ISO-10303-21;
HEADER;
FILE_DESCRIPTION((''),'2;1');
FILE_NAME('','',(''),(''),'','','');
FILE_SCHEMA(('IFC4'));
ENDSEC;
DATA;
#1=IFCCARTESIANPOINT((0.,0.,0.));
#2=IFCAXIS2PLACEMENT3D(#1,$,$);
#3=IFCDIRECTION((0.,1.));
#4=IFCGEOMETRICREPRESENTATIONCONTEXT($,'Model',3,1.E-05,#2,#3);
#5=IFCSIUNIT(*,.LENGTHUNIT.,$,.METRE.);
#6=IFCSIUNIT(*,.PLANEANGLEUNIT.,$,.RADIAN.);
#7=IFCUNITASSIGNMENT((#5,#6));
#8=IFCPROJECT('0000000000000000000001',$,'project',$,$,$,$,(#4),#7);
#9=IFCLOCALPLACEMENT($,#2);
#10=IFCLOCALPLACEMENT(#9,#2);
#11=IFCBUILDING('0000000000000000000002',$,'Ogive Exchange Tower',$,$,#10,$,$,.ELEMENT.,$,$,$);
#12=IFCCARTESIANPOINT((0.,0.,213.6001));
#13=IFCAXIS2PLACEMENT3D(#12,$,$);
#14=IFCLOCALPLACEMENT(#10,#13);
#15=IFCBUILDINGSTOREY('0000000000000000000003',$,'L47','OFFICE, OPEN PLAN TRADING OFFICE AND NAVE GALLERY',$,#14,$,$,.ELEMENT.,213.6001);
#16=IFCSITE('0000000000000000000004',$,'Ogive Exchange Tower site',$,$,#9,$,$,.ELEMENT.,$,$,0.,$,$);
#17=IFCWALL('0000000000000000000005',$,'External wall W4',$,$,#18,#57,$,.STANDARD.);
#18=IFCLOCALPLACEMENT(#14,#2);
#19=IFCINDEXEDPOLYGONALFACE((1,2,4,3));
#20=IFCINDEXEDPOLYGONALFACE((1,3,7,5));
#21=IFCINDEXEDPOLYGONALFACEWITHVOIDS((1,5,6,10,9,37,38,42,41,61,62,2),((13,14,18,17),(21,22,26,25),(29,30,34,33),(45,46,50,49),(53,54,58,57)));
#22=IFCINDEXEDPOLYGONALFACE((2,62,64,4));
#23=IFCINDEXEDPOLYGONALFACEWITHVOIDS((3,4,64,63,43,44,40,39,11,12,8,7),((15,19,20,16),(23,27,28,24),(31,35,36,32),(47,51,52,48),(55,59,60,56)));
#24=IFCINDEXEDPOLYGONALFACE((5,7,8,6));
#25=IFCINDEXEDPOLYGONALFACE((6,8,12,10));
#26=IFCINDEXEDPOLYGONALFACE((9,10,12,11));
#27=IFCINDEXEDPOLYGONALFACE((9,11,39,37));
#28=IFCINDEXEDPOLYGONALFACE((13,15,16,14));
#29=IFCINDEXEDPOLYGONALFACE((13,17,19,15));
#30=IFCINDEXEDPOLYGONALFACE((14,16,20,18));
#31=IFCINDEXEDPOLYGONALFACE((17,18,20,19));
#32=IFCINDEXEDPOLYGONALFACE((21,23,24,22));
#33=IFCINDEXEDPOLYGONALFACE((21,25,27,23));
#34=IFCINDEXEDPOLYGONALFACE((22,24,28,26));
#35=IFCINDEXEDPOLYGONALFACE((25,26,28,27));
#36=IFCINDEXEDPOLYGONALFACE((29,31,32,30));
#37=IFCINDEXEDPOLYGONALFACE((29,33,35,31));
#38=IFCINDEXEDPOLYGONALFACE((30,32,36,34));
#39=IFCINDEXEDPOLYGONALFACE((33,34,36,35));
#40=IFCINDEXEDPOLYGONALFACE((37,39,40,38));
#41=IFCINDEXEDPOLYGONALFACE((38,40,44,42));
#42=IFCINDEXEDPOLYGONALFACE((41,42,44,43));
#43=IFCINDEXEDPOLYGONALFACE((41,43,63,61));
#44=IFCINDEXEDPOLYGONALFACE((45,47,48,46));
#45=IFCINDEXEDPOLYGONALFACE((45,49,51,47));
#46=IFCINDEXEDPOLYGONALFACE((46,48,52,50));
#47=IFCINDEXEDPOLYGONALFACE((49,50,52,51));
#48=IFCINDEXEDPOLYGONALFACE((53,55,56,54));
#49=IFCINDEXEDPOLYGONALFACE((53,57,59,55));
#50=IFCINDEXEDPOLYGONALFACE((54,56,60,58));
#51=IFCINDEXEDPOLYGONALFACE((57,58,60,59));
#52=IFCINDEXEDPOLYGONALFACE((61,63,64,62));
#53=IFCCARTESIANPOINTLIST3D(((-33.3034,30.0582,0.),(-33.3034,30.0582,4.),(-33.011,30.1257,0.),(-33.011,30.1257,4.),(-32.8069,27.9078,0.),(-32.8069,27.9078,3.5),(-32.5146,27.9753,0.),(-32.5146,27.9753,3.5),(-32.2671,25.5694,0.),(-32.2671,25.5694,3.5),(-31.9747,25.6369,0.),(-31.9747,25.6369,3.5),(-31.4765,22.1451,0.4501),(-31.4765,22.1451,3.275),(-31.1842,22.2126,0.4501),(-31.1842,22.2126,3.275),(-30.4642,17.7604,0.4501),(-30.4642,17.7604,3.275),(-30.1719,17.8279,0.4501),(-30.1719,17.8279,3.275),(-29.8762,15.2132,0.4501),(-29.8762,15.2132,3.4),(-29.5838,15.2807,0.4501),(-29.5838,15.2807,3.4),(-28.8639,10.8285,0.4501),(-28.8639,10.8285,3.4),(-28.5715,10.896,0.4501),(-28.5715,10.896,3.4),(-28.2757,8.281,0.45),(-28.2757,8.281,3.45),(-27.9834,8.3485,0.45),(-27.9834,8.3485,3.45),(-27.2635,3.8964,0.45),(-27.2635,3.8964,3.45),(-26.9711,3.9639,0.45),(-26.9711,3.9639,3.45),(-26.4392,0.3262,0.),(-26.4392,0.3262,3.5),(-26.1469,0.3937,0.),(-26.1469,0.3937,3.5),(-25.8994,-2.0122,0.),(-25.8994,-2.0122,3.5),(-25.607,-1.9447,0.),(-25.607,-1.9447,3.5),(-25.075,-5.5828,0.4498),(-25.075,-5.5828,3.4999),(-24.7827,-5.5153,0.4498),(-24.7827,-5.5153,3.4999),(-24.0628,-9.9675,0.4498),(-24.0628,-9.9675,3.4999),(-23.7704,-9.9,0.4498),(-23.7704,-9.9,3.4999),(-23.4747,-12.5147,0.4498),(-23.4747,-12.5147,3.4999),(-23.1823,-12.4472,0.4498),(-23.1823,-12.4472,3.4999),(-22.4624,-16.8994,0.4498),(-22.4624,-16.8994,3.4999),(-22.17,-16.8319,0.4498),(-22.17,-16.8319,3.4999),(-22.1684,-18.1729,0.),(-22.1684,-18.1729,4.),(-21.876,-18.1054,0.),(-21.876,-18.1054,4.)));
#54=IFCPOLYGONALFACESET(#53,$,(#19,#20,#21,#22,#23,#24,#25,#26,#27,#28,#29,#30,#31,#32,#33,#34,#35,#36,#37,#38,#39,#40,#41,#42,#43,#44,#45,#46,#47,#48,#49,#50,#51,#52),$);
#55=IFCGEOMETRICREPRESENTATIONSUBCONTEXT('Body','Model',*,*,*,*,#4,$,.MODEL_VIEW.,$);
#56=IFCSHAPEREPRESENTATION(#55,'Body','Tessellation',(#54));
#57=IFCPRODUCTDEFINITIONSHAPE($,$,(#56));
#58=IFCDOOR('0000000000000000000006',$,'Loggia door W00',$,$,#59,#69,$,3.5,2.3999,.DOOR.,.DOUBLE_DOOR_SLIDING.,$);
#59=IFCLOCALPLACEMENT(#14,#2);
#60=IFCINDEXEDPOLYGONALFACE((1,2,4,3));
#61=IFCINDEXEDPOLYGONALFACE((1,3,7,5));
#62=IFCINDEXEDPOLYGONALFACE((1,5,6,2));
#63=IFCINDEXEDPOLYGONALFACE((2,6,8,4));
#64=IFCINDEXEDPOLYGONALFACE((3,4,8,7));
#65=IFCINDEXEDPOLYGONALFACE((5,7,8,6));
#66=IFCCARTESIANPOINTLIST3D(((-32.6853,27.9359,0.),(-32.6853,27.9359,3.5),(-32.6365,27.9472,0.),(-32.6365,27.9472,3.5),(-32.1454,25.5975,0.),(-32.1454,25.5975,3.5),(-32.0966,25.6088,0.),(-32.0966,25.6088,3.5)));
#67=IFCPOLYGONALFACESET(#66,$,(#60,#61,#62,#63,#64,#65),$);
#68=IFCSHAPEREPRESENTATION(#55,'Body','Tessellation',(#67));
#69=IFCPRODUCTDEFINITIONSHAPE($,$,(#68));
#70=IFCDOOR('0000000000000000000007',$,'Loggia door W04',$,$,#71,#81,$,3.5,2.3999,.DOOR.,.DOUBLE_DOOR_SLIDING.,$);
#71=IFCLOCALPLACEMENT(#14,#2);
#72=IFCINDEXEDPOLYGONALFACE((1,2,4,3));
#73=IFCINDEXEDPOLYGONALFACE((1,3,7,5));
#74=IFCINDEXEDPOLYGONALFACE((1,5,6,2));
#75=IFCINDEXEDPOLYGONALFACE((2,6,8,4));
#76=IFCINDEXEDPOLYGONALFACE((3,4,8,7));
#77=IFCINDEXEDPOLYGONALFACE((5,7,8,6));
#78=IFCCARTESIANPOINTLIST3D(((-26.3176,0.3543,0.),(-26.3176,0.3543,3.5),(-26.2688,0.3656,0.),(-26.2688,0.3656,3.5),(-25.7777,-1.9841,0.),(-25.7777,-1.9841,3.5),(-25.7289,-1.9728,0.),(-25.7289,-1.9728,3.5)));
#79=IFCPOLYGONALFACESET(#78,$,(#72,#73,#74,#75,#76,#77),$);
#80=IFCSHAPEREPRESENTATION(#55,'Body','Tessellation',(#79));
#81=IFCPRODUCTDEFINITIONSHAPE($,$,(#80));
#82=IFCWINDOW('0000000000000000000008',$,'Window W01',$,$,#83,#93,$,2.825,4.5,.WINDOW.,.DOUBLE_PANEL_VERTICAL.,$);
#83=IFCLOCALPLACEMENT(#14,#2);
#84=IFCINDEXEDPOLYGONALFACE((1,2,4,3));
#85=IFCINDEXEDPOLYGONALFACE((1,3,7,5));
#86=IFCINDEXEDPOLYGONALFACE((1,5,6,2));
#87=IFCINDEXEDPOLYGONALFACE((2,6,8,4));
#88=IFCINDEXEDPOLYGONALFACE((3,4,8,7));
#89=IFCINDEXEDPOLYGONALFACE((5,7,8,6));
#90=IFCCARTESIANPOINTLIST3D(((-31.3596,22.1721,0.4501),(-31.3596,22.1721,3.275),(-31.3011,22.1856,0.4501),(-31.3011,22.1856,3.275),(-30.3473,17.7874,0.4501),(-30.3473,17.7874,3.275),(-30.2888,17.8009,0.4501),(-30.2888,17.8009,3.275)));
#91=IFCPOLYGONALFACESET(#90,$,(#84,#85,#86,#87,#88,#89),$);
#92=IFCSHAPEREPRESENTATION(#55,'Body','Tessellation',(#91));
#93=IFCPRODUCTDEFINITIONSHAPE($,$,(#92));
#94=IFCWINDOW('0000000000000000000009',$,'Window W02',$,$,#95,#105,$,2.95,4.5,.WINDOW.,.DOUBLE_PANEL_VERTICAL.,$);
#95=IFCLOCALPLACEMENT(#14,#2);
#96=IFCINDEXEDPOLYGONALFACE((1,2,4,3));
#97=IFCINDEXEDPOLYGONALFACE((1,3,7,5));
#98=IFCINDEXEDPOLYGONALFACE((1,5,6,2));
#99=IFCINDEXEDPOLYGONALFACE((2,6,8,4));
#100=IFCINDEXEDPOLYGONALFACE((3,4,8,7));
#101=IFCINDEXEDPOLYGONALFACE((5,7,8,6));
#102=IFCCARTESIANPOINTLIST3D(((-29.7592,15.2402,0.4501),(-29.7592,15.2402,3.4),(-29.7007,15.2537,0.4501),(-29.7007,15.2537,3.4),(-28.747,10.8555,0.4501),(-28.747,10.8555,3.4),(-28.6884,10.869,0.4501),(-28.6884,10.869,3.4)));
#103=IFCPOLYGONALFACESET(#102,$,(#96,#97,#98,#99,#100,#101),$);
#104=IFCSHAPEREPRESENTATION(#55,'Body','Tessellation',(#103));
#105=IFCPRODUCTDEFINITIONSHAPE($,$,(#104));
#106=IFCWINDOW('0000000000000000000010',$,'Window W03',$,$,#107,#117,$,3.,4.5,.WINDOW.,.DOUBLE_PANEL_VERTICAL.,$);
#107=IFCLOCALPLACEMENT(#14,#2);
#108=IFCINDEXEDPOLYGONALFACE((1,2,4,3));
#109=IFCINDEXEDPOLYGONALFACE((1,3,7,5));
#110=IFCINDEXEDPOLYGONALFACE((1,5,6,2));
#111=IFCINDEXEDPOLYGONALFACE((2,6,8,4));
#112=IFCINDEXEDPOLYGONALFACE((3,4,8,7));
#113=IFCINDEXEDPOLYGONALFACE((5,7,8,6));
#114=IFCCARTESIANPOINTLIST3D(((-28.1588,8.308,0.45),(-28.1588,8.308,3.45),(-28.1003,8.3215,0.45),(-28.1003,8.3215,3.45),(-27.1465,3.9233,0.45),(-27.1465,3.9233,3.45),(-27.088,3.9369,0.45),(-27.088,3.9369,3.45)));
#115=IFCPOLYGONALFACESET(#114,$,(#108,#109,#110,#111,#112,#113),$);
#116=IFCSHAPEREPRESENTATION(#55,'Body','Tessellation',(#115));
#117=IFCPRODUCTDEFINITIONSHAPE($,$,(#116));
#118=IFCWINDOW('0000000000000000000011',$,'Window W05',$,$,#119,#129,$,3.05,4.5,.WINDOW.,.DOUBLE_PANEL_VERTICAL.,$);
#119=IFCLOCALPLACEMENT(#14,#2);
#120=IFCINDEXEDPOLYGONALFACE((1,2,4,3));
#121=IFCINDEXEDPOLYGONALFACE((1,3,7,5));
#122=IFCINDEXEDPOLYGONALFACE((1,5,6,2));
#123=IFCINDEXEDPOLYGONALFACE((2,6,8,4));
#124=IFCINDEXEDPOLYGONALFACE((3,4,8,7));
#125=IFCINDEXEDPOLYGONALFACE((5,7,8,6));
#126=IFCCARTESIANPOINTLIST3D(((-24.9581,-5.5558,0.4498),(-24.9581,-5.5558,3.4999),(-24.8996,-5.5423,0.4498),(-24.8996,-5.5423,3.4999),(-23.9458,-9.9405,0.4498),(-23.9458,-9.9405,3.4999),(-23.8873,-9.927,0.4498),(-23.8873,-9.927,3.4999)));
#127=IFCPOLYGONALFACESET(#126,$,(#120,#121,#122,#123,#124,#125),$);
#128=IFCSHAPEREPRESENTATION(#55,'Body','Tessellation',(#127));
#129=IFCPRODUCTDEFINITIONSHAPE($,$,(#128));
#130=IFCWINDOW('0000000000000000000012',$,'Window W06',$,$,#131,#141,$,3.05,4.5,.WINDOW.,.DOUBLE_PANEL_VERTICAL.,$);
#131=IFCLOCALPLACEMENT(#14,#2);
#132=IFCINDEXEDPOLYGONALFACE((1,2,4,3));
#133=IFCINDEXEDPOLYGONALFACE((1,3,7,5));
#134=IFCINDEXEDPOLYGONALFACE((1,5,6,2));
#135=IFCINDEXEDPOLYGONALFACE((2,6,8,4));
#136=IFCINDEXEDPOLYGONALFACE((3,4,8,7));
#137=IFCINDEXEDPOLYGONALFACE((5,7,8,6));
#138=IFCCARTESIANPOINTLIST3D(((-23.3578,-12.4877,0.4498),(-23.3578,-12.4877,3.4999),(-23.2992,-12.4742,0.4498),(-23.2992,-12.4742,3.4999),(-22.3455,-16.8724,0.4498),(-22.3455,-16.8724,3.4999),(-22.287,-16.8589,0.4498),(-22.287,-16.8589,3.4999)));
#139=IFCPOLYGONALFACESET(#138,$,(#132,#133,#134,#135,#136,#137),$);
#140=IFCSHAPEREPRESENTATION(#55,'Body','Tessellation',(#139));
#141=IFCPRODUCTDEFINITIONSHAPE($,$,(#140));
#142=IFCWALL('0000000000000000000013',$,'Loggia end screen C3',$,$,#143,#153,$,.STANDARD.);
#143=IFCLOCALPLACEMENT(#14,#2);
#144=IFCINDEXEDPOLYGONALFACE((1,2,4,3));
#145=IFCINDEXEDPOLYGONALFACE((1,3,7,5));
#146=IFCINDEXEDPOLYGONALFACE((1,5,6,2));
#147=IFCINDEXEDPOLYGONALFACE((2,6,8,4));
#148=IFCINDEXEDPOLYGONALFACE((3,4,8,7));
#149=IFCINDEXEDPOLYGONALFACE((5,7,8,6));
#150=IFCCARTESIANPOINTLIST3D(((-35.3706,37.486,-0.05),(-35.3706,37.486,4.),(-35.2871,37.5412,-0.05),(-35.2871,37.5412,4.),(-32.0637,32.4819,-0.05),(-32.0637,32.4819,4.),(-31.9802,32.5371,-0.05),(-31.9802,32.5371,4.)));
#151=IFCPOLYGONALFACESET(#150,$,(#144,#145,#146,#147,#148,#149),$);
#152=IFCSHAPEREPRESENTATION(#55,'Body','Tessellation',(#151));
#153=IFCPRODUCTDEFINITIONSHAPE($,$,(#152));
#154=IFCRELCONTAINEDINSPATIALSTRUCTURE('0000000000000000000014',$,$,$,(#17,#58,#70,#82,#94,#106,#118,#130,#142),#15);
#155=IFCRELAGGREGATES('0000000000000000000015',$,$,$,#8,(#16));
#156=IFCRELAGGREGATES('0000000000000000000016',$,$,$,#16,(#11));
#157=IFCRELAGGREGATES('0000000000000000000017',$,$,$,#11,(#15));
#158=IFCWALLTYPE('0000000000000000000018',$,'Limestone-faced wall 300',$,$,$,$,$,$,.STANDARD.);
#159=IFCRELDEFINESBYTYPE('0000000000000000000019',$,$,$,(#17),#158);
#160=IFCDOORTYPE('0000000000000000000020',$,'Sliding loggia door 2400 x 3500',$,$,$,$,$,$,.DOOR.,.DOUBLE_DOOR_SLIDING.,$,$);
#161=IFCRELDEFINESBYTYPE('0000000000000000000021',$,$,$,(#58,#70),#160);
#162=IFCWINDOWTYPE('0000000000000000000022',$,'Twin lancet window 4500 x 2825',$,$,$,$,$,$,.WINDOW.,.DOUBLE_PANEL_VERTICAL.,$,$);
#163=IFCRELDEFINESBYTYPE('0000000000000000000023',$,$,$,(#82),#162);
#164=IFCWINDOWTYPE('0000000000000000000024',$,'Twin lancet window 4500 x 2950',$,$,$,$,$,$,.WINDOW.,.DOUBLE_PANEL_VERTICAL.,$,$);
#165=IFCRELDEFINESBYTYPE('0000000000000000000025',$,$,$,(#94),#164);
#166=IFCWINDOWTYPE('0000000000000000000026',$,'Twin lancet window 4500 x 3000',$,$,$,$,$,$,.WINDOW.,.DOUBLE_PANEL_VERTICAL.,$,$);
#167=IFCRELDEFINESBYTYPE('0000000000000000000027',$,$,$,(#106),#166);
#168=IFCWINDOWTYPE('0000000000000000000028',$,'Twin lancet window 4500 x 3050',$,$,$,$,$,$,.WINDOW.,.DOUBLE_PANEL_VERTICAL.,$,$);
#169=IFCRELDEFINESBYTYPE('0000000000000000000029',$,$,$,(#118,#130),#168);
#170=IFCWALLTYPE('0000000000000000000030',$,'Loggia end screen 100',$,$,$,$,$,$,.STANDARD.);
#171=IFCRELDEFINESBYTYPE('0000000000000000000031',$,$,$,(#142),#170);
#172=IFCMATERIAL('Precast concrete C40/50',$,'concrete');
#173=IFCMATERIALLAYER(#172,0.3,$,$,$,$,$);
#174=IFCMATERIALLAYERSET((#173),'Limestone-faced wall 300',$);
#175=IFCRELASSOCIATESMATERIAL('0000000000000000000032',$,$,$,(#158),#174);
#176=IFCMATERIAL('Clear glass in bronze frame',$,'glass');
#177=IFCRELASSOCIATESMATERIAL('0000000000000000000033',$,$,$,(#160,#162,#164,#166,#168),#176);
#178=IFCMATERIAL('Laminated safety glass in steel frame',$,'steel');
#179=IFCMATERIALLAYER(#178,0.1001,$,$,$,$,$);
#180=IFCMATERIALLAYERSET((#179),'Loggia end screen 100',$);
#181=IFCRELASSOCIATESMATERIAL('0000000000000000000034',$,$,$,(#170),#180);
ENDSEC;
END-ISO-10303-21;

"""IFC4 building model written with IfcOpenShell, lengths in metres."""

from ifc_helpers import new_model, si_unit, direction, frame, frame_2d, origin, place, context, subcontext, project, spatial, rectangle, extrude, material, layer, layer_set, type_object, element, fill, save


model = new_model("IFC4")

# Units and contexts
model_context = context("Model", 3, precision=1e-05, world=origin(), true_north=direction((0.0, 1.0)))
body_context = subcontext(model_context, "Body", "Model", "MODEL_VIEW")
ifc_project = project(units=[si_unit("LENGTHUNIT", "METRE"), si_unit("PLANEANGLEUNIT", "RADIAN")], contexts=[model_context])

# Site, building, storey
site_placement = place(None, origin())
site = spatial("IfcSite", under=ifc_project, at=site_placement, Name="Ogive Exchange Tower site", CompositionType="ELEMENT", RefElevation=0.0)
building_placement = place(site_placement, origin())
building = spatial("IfcBuilding", under=site, at=building_placement, Name="Ogive Exchange Tower", CompositionType="ELEMENT")
storey_placement = place(building_placement, frame((0.0, 0.0, 213.6001)))
storey = spatial("IfcBuildingStorey", under=building, at=storey_placement, Name="L47", Description="OFFICE, OPEN PLAN TRADING OFFICE AND NAVE GALLERY", CompositionType="ELEMENT", Elevation=213.6001)

# Wall, openings, doors, windows
ifc_material_1 = material(Name="Precast concrete C40/50", Category="concrete")
ifc_layer_1 = layer(ifc_material_1, 0.3)
ifc_layer_set_1 = layer_set([ifc_layer_1], Name="Limestone-faced wall 300")
wall_type_1 = type_object("IfcWallType", Name="Limestone-faced wall 300", PredefinedType="STANDARD", material=ifc_layer_set_1)
wall_1_placement = place(storey_placement, frame((-33.1572, 30.092, 0.0), z_axis=(0.0, 0.0, 1.0), x_axis=(0.22495, -0.97437, 0.0)))
wall_1 = element("IfcWall", 1, at=wall_1_placement, inside=storey, type_object=wall_type_1, Name="External wall W4", PredefinedType="STANDARD", context=body_context, shape_type="SweptSolid", body=[
    extrude(rectangle(XDim=49.4998, YDim=0.3, at=frame_2d((24.75, 0.0))), origin(), (0.0, 0.0, 1.0), 4.0),
])
opening_1_placement = place(wall_1_placement, frame((2.207, 0.0, 0.0)))
opening_1 = element("IfcOpeningElement", 2, at=opening_1_placement, cuts=wall_1, PredefinedType="OPENING", context=body_context, shape_type="SweptSolid", body=[
    extrude(rectangle(XDim=2.3999, YDim=3.5, at=frame_2d((1.2, 1.75))), frame((0.0, 0.1599, 0.0), z_axis=(0.0, -1.0, 0.0), x_axis=(1.0, 0.0, 0.0)), (0.0, 0.0, 1.0), 0.3201),
])
opening_2_placement = place(wall_1_placement, frame((8.1213, 0.0, 0.45)))
opening_2 = element("IfcOpeningElement", 3, at=opening_2_placement, cuts=wall_1, PredefinedType="OPENING", context=body_context, shape_type="SweptSolid", body=[
    extrude(rectangle(XDim=4.5, YDim=2.825, at=frame_2d((2.25, 1.4126))), frame((0.0, 0.1599, 0.0), z_axis=(0.0, -1.0, 0.0), x_axis=(1.0, 0.0, 0.0)), (0.0, 0.0, 1.0), 0.3201),
])
opening_3_placement = place(wall_1_placement, frame((15.2356, 0.0, 0.45)))
opening_3 = element("IfcOpeningElement", 4, at=opening_3_placement, cuts=wall_1, PredefinedType="OPENING", context=body_context, shape_type="SweptSolid", body=[
    extrude(rectangle(XDim=4.5, YDim=2.95, at=frame_2d((2.25, 1.4751))), frame((0.0, 0.1599, 0.0), z_axis=(0.0, -1.0, 0.0), x_axis=(1.0, 0.0, 0.0)), (0.0, 0.0, 1.0), 0.3201),
])
opening_4_placement = place(wall_1_placement, frame((22.3501, 0.0, 0.45)))
opening_4 = element("IfcOpeningElement", 5, at=opening_4_placement, cuts=wall_1, PredefinedType="OPENING", context=body_context, shape_type="SweptSolid", body=[
    extrude(rectangle(XDim=4.5, YDim=3.0, at=frame_2d((2.25, 1.5))), frame((0.0, 0.1599, 0.0), z_axis=(0.0, -1.0, 0.0), x_axis=(1.0, 0.0, 0.0)), (0.0, 0.0, 1.0), 0.3201),
])
opening_5_placement = place(wall_1_placement, frame((30.5142, 0.0, 0.0)))
opening_5 = element("IfcOpeningElement", 6, at=opening_5_placement, cuts=wall_1, PredefinedType="OPENING", context=body_context, shape_type="SweptSolid", body=[
    extrude(rectangle(XDim=2.3999, YDim=3.5, at=frame_2d((1.2, 1.75))), frame((0.0, 0.1599, 0.0), z_axis=(0.0, -1.0, 0.0), x_axis=(1.0, 0.0, 0.0)), (0.0, 0.0, 1.0), 0.3201),
])
opening_6_placement = place(wall_1_placement, frame((36.5786, 0.0, 0.45)))
opening_6 = element("IfcOpeningElement", 7, at=opening_6_placement, cuts=wall_1, PredefinedType="OPENING", context=body_context, shape_type="SweptSolid", body=[
    extrude(rectangle(XDim=4.5, YDim=3.05, at=frame_2d((2.25, 1.5249))), frame((0.0, 0.1599, 0.0), z_axis=(0.0, -1.0, 0.0), x_axis=(1.0, 0.0, 0.0)), (0.0, 0.0, 1.0), 0.3201),
])
opening_7_placement = place(wall_1_placement, frame((43.6929, 0.0, 0.45)))
opening_7 = element("IfcOpeningElement", 8, at=opening_7_placement, cuts=wall_1, PredefinedType="OPENING", context=body_context, shape_type="SweptSolid", body=[
    extrude(rectangle(XDim=4.5, YDim=3.05, at=frame_2d((2.25, 1.5249))), frame((0.0, 0.1599, 0.0), z_axis=(0.0, -1.0, 0.0), x_axis=(1.0, 0.0, 0.0)), (0.0, 0.0, 1.0), 0.3201),
])
ifc_material_2 = material(Name="Clear glass in bronze frame", Category="glass")
door_type_1 = type_object("IfcDoorType", Name="Sliding loggia door 2400 x 3500", OperationType="DOUBLE_DOOR_SLIDING", PredefinedType="DOOR", material=ifc_material_2)
door_1_placement = place(opening_1_placement, origin())
door_1 = element("IfcDoor", 9, at=door_1_placement, inside=storey, type_object=door_type_1, Name="Loggia door W00", OperationType="DOUBLE_DOOR_SLIDING", OverallHeight=3.5, OverallWidth=2.3999, PredefinedType="DOOR", context=body_context, shape_type="SweptSolid", body=[
    extrude(rectangle(XDim=2.3999, YDim=3.5, at=frame_2d((1.2, 1.75))), frame((0.0, 0.0249, 0.0), z_axis=(0.0, -1.0, 0.0), x_axis=(1.0, 0.0, 0.0)), (0.0, 0.0, 1.0), 0.05),
])
fill(opening_1, door_1)
door_2_placement = place(opening_5_placement, origin())
door_2 = element("IfcDoor", 10, at=door_2_placement, inside=storey, type_object=door_type_1, Name="Loggia door W04", OperationType="DOUBLE_DOOR_SLIDING", OverallHeight=3.5, OverallWidth=2.3999, PredefinedType="DOOR", context=body_context, shape_type="SweptSolid", body=[
    extrude(rectangle(XDim=2.3999, YDim=3.5, at=frame_2d((1.2, 1.75))), frame((0.0, 0.0249, 0.0), z_axis=(0.0, -1.0, 0.0), x_axis=(1.0, 0.0, 0.0)), (0.0, 0.0, 1.0), 0.05),
])
fill(opening_5, door_2)
window_type_1 = type_object("IfcWindowType", Name="Twin lancet window 4500 x 2825", PartitioningType="DOUBLE_PANEL_VERTICAL", PredefinedType="WINDOW", material=ifc_material_2)
window_1_placement = place(opening_2_placement, origin())
window_1 = element("IfcWindow", 11, at=window_1_placement, inside=storey, type_object=window_type_1, Name="Window W01", OverallHeight=2.825, OverallWidth=4.5, PartitioningType="DOUBLE_PANEL_VERTICAL", PredefinedType="WINDOW", context=body_context, shape_type="SweptSolid", body=[
    extrude(rectangle(XDim=4.5, YDim=2.825, at=frame_2d((2.25, 1.4126))), frame((0.0, 0.03, 0.0), z_axis=(0.0, -1.0, 0.0), x_axis=(1.0, 0.0, 0.0)), (0.0, 0.0, 1.0), 0.0601),
])
fill(opening_2, window_1)
window_type_2 = type_object("IfcWindowType", Name="Twin lancet window 4500 x 2950", PartitioningType="DOUBLE_PANEL_VERTICAL", PredefinedType="WINDOW", material=ifc_material_2)
window_2_placement = place(opening_3_placement, origin())
window_2 = element("IfcWindow", 12, at=window_2_placement, inside=storey, type_object=window_type_2, Name="Window W02", OverallHeight=2.95, OverallWidth=4.5, PartitioningType="DOUBLE_PANEL_VERTICAL", PredefinedType="WINDOW", context=body_context, shape_type="SweptSolid", body=[
    extrude(rectangle(XDim=4.5, YDim=2.95, at=frame_2d((2.25, 1.4751))), frame((0.0, 0.03, 0.0), z_axis=(0.0, -1.0, 0.0), x_axis=(1.0, 0.0, 0.0)), (0.0, 0.0, 1.0), 0.0601),
])
fill(opening_3, window_2)
window_type_3 = type_object("IfcWindowType", Name="Twin lancet window 4500 x 3000", PartitioningType="DOUBLE_PANEL_VERTICAL", PredefinedType="WINDOW", material=ifc_material_2)
window_3_placement = place(opening_4_placement, origin())
window_3 = element("IfcWindow", 13, at=window_3_placement, inside=storey, type_object=window_type_3, Name="Window W03", OverallHeight=3.0, OverallWidth=4.5, PartitioningType="DOUBLE_PANEL_VERTICAL", PredefinedType="WINDOW", context=body_context, shape_type="SweptSolid", body=[
    extrude(rectangle(XDim=4.5, YDim=3.0, at=frame_2d((2.25, 1.5))), frame((0.0, 0.03, 0.0), z_axis=(0.0, -1.0, 0.0), x_axis=(1.0, 0.0, 0.0)), (0.0, 0.0, 1.0), 0.0601),
])
fill(opening_4, window_3)
window_type_4 = type_object("IfcWindowType", Name="Twin lancet window 4500 x 3050", PartitioningType="DOUBLE_PANEL_VERTICAL", PredefinedType="WINDOW", material=ifc_material_2)
window_4_placement = place(opening_6_placement, origin())
window_4 = element("IfcWindow", 14, at=window_4_placement, inside=storey, type_object=window_type_4, Name="Window W05", OverallHeight=3.05, OverallWidth=4.5, PartitioningType="DOUBLE_PANEL_VERTICAL", PredefinedType="WINDOW", context=body_context, shape_type="SweptSolid", body=[
    extrude(rectangle(XDim=4.5, YDim=3.05, at=frame_2d((2.25, 1.5249))), frame((0.0, 0.03, 0.0), z_axis=(0.0, -1.0, 0.0), x_axis=(1.0, 0.0, 0.0)), (0.0, 0.0, 1.0), 0.0601),
])
fill(opening_6, window_4)
window_5_placement = place(opening_7_placement, origin())
window_5 = element("IfcWindow", 15, at=window_5_placement, inside=storey, type_object=window_type_4, Name="Window W06", OverallHeight=3.05, OverallWidth=4.5, PartitioningType="DOUBLE_PANEL_VERTICAL", PredefinedType="WINDOW", context=body_context, shape_type="SweptSolid", body=[
    extrude(rectangle(XDim=4.5, YDim=3.05, at=frame_2d((2.25, 1.5249))), frame((0.0, 0.03, 0.0), z_axis=(0.0, -1.0, 0.0), x_axis=(1.0, 0.0, 0.0)), (0.0, 0.0, 1.0), 0.0601),
])
fill(opening_7, window_5)

# Wall
ifc_material_3 = material(Name="Laminated safety glass in steel frame", Category="steel")
ifc_layer_2 = layer(ifc_material_3, 0.1001)
ifc_layer_set_2 = layer_set([ifc_layer_2], Name="Loggia end screen 100")
wall_type_2 = type_object("IfcWallType", Name="Loggia end screen 100", PredefinedType="STANDARD", material=ifc_layer_set_2)
wall_2_placement = place(storey_placement, frame((-32.022, 32.5095, -0.05), z_axis=(0.0, 0.0, 1.0), x_axis=(-0.551324, 0.834292, 0.0)))
element("IfcWall", 16, at=wall_2_placement, inside=storey, type_object=wall_type_2, Name="Loggia end screen C3", PredefinedType="STANDARD", context=body_context, shape_type="SweptSolid", body=[
    extrude(rectangle(XDim=5.998, YDim=0.1001, at=frame_2d((2.999, 0.0))), origin(), (0.0, 0.0, 1.0), 4.05),
])

save(model, "model.ifc")
